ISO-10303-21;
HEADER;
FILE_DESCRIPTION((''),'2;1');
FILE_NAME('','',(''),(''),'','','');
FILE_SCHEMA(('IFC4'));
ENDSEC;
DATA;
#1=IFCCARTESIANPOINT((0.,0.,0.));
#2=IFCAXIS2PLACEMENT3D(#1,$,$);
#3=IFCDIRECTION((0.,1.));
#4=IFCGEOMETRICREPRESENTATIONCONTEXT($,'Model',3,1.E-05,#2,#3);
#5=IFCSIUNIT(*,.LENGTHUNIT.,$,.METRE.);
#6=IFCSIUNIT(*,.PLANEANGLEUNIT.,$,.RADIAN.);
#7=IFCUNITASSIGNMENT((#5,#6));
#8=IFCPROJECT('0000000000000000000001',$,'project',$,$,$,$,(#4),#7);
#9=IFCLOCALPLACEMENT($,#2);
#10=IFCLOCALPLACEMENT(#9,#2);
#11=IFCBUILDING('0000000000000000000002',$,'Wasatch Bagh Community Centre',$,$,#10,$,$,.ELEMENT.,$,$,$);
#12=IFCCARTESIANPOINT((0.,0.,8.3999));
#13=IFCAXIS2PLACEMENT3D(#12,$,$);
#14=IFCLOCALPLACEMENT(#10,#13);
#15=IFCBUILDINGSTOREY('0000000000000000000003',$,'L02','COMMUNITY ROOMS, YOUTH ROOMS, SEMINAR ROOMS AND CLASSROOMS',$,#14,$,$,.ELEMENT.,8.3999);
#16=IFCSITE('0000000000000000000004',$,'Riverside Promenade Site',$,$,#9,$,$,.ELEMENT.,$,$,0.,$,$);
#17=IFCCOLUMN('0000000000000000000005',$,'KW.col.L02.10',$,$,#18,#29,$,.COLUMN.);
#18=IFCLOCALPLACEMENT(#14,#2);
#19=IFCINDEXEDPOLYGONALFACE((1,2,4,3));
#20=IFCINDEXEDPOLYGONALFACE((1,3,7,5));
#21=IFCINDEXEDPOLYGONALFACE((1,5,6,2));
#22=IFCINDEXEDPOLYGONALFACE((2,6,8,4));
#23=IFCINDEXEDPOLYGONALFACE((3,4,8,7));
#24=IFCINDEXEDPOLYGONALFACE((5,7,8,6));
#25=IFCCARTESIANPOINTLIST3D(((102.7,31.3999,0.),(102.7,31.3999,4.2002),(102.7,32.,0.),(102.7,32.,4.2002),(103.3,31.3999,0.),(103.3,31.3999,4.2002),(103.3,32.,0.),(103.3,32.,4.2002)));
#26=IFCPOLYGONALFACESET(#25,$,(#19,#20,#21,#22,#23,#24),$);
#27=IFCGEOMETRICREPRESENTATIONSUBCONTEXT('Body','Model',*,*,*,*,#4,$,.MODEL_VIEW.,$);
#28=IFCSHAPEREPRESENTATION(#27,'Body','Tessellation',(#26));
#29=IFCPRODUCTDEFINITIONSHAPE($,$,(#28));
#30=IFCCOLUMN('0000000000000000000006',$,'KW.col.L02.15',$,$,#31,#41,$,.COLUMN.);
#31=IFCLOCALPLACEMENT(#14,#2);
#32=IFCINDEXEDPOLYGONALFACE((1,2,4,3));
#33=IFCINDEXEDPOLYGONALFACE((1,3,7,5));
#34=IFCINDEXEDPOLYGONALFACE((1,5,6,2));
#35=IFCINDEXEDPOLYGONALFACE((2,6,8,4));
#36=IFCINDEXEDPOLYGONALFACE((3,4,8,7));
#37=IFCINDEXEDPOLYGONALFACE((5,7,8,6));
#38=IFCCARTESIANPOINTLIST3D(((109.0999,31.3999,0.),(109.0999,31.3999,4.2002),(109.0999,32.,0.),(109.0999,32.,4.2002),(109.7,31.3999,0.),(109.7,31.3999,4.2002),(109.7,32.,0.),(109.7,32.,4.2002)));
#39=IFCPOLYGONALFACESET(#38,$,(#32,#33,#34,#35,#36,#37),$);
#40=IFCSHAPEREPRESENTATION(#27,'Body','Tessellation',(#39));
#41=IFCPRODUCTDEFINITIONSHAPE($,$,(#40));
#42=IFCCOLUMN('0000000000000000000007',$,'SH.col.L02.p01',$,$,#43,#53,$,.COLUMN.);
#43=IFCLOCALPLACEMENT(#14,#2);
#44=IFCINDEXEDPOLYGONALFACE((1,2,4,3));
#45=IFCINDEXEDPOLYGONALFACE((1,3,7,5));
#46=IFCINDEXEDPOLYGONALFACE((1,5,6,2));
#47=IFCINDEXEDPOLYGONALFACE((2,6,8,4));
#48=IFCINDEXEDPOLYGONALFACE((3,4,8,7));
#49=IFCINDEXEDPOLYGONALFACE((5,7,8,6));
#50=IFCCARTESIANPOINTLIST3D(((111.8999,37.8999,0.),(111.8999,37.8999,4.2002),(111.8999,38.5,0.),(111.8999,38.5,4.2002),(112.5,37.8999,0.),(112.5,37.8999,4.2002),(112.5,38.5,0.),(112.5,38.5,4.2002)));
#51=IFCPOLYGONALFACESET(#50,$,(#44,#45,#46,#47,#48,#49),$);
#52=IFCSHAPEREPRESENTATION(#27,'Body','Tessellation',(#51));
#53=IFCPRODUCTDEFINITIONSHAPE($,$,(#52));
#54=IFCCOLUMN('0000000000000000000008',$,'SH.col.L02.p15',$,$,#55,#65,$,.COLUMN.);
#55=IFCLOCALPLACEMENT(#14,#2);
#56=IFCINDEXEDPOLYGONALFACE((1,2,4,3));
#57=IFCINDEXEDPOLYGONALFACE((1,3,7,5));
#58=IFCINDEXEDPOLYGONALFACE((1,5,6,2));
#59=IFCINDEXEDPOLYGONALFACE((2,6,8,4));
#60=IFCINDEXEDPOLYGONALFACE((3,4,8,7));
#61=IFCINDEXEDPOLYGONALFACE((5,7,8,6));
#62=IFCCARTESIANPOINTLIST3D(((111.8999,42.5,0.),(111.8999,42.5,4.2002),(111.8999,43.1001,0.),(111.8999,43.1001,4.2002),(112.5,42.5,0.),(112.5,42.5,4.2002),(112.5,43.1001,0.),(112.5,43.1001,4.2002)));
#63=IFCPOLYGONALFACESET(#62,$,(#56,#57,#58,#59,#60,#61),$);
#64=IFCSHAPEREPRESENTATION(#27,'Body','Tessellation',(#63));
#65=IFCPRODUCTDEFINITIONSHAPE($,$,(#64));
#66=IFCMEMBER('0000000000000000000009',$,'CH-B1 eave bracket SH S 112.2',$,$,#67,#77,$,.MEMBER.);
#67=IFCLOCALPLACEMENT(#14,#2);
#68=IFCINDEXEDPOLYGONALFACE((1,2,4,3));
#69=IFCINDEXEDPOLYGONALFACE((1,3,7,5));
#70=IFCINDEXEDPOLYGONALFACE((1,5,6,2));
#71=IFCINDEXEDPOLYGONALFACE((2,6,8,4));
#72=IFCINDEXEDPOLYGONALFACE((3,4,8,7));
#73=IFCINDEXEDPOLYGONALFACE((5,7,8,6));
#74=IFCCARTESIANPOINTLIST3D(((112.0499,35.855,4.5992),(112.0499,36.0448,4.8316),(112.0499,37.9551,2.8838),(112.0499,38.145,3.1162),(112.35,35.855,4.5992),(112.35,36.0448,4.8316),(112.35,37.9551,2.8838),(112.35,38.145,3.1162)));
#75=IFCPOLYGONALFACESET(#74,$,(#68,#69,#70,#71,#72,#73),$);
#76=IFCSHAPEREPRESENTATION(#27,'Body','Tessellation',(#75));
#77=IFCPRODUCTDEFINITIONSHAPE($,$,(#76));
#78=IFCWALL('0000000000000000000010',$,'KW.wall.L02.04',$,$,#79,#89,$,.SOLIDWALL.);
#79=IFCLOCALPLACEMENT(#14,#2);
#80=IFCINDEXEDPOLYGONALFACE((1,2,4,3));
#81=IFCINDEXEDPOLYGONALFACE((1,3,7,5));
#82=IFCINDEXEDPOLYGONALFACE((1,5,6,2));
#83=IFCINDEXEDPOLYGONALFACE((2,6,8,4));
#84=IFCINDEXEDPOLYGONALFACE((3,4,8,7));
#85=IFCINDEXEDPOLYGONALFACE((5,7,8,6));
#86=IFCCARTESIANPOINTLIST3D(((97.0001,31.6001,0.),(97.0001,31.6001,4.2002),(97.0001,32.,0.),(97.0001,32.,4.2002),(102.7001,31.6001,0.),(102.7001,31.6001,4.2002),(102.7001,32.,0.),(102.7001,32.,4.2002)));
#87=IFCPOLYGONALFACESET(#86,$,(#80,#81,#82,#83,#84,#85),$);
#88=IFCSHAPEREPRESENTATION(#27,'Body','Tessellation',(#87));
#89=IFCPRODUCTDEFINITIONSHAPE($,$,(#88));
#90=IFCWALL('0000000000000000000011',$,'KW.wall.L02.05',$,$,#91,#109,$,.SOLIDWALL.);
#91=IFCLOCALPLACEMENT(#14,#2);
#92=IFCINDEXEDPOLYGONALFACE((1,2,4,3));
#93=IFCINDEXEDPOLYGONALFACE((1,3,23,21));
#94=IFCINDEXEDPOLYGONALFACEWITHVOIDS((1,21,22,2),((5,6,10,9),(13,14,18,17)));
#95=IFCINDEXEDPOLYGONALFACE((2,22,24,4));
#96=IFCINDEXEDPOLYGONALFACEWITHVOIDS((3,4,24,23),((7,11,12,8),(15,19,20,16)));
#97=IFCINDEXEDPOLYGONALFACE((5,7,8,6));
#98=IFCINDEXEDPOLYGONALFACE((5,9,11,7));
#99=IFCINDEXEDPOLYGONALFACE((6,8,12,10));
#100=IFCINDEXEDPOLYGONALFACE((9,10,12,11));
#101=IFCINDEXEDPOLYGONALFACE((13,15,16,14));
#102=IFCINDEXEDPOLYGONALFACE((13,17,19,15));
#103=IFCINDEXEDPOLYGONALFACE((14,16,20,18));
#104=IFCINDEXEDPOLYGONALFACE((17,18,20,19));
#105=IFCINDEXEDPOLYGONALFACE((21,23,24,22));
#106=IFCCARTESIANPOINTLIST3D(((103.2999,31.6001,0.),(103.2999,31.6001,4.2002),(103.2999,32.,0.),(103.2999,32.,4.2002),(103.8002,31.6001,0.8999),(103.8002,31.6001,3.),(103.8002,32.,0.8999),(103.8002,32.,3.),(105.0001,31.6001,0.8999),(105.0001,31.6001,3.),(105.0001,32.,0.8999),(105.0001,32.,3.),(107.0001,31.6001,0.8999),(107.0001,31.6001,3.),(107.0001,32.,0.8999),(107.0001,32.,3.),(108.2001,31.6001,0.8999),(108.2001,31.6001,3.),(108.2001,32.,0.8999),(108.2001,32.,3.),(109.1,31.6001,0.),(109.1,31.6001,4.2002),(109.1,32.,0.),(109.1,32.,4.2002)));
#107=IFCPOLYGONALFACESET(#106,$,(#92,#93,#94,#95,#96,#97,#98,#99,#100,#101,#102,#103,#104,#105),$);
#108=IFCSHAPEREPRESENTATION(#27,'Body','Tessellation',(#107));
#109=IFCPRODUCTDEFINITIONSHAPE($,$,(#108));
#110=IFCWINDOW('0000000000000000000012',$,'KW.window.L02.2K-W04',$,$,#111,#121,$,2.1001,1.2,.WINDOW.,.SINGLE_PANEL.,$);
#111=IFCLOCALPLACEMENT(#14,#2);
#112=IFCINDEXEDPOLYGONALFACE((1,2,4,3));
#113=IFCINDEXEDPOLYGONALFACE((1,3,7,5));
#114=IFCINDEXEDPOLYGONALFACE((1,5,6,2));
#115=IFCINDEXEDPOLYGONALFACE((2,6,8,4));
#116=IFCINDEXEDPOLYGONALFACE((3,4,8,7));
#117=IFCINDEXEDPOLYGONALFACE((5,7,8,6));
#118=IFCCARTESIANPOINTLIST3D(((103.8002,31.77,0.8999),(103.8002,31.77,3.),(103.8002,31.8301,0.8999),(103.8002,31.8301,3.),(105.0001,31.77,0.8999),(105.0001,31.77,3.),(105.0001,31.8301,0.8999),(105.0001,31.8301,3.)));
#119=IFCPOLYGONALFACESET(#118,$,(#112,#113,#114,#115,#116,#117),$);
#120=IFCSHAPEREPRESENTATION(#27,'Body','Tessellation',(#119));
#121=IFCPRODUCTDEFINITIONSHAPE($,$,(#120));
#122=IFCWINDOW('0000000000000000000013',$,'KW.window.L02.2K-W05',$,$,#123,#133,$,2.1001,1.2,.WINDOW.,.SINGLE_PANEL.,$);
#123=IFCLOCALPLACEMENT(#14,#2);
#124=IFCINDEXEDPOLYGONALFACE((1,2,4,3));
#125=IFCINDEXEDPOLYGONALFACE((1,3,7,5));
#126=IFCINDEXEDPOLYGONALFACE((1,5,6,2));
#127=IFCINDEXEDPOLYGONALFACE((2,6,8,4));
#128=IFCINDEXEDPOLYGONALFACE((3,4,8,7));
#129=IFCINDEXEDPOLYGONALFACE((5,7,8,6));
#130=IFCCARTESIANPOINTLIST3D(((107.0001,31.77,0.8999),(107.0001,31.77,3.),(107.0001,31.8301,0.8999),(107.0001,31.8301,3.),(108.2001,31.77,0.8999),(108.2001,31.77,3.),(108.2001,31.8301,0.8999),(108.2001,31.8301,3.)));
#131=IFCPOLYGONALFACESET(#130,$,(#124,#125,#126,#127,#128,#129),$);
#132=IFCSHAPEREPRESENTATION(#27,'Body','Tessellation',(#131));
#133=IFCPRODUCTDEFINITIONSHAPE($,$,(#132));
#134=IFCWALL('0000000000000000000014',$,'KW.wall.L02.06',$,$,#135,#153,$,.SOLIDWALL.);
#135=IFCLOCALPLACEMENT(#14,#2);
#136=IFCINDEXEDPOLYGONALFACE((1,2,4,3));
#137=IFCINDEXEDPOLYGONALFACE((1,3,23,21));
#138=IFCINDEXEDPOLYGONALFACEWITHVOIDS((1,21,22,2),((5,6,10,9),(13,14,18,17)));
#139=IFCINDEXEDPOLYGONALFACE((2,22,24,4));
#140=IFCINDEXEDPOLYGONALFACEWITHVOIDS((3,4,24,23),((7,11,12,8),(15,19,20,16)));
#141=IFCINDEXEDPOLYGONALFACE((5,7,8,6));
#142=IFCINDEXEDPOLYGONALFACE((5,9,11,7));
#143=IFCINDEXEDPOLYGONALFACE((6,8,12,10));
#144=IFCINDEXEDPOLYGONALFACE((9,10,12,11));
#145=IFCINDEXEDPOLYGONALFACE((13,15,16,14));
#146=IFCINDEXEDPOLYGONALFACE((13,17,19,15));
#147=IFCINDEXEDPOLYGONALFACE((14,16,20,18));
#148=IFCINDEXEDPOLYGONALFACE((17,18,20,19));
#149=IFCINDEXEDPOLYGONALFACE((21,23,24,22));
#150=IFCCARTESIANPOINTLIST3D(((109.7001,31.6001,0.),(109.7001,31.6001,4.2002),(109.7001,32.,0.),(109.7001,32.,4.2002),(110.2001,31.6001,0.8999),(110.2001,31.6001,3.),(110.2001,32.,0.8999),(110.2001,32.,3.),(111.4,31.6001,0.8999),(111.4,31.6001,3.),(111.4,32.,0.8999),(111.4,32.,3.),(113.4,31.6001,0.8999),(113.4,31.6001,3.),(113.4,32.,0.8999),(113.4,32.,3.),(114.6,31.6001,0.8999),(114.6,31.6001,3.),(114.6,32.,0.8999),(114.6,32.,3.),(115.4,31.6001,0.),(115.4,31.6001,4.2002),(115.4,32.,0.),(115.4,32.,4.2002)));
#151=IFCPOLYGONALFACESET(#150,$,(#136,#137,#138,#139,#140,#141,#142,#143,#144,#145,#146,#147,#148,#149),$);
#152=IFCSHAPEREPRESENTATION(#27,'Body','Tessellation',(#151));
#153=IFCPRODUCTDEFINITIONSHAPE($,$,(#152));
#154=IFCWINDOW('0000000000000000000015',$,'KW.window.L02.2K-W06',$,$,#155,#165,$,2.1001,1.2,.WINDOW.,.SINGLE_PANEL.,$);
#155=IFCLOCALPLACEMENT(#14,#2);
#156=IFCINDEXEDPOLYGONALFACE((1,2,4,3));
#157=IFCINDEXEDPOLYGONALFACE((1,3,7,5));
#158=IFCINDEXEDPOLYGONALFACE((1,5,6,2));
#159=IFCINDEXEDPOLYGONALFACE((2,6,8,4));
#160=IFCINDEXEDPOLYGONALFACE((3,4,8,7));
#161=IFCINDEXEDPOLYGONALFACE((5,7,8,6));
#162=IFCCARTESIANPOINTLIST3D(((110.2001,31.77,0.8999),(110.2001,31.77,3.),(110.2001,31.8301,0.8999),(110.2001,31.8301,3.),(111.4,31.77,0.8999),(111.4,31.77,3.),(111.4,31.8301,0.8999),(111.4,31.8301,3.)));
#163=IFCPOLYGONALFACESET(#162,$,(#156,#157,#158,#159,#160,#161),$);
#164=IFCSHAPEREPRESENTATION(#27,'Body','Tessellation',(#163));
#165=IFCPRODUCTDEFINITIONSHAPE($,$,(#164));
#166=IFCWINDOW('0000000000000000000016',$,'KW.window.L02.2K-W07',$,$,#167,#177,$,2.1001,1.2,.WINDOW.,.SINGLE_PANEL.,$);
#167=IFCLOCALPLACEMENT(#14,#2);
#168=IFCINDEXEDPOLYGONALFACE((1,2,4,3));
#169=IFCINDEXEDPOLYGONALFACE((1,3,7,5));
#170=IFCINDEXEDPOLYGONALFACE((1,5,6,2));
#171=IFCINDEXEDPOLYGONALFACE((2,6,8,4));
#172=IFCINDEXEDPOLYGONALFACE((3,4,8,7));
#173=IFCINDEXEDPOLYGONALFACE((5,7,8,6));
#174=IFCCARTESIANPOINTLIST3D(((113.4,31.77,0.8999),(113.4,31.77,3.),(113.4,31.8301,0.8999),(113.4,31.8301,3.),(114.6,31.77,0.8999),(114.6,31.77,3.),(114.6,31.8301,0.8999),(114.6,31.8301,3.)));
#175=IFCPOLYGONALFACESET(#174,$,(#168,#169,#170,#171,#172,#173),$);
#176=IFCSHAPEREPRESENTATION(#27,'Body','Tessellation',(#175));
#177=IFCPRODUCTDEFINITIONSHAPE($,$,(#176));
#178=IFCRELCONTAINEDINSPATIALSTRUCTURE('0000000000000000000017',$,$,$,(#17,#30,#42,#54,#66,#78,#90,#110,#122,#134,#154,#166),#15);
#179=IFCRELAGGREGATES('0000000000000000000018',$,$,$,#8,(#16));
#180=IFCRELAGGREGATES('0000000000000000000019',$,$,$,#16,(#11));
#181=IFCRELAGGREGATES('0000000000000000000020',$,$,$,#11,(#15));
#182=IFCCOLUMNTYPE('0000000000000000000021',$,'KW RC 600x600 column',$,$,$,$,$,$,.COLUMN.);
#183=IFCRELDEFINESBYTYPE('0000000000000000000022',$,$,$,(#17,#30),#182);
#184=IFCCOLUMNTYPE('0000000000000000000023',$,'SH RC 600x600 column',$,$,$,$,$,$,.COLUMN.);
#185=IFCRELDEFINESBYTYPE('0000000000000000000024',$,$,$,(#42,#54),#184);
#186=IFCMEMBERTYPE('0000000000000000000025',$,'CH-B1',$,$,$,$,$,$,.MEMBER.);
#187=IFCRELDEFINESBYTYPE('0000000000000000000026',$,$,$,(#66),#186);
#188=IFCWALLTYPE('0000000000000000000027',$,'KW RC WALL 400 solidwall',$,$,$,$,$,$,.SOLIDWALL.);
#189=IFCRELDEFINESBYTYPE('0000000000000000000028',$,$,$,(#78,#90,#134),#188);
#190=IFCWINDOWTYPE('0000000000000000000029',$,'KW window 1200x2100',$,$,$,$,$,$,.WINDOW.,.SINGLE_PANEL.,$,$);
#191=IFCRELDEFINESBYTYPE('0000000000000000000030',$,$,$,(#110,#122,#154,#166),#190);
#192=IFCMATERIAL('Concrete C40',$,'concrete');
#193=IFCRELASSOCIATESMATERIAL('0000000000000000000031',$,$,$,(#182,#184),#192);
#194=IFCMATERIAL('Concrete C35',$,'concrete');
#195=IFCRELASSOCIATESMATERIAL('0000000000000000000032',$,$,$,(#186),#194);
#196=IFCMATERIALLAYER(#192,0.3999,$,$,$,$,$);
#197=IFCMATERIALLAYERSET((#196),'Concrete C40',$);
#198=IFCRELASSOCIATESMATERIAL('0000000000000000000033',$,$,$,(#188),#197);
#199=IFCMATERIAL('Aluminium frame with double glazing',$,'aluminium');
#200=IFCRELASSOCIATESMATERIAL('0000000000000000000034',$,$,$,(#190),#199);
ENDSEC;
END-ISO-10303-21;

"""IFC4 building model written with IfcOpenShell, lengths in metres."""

from ifc_helpers import new_model, si_unit, direction, frame, frame_2d, origin, origin_2d, place, context, subcontext, project, spatial, rectangle, extrude, material, layer, layer_set, material_profile, profile_set, type_object, element, fill, save


model = new_model("IFC4")

# Units and contexts
model_context = context("Model", 3, precision=1e-05, world=origin(), true_north=direction((0.0, 1.0)))
body_context = subcontext(model_context, "Body", "Model", "MODEL_VIEW")
ifc_project = project(units=[si_unit("LENGTHUNIT", "METRE"), si_unit("PLANEANGLEUNIT", "RADIAN")], contexts=[model_context])

# Site, building, storey
site_placement = place(None, origin())
site = spatial("IfcSite", under=ifc_project, at=site_placement, Name="Riverside Promenade Site", CompositionType="ELEMENT", RefElevation=0.0)
building_placement = place(site_placement, origin())
building = spatial("IfcBuilding", under=site, at=building_placement, Name="Wasatch Bagh Community Centre", CompositionType="ELEMENT")
storey_placement = place(building_placement, frame((0.0, 0.0, 8.3999)))
storey = spatial("IfcBuildingStorey", under=building, at=storey_placement, Name="L02", Description="COMMUNITY ROOMS, YOUTH ROOMS, SEMINAR ROOMS AND CLASSROOMS", CompositionType="ELEMENT", Elevation=8.3999)

# Columns
ifc_material_1 = material(Name="Concrete C40", Category="concrete")
ifc_material_profile_1 = material_profile(ifc_material_1, rectangle(XDim=0.6001, YDim=0.6001, at=origin_2d()), Name="RC 600x600")
ifc_profile_set_1 = profile_set([ifc_material_profile_1], Name="Concrete C40")
column_type_1 = type_object("IfcColumnType", Name="KW RC 600x600 column", PredefinedType="COLUMN", material=ifc_profile_set_1)
for number, where, z_axis, x_axis, name in (
    (1, (103.0, 31.7, 0.0), (0.0, 0.0, 1.0), (1.0, 0.0, 0.0), "KW.col.L02.10"),
    (2, (109.3999, 31.7, 0.0), (0.0, 0.0, 1.0), (1.0, 0.0, 0.0), "KW.col.L02.15"),
):
    element("IfcColumn", number, at=place(storey_placement, frame(where, z_axis=z_axis, x_axis=x_axis)), inside=storey, type_object=column_type_1, Name=name, PredefinedType="COLUMN", context=body_context, shape_type="SweptSolid", body=[
        extrude(rectangle(XDim=0.6001, YDim=0.6001, at=origin_2d()), origin(), (0.0, 0.0, 1.0), 4.2002),
    ])
ifc_material_profile_2 = material_profile(ifc_material_1, rectangle(XDim=0.6001, YDim=0.6001, at=origin_2d()), Name="RC 600x600")
ifc_profile_set_2 = profile_set([ifc_material_profile_2], Name="Concrete C40")
column_type_2 = type_object("IfcColumnType", Name="SH RC 600x600 column", PredefinedType="COLUMN", material=ifc_profile_set_2)
for number, where, z_axis, x_axis, name in (
    (3, (112.2, 38.2, 0.0), (0.0, 0.0, 1.0), (1.0, 0.0, 0.0), "SH.col.L02.p01"),
    (4, (112.2, 42.8, 0.0), (0.0, 0.0, 1.0), (1.0, 0.0, 0.0), "SH.col.L02.p15"),
):
    element("IfcColumn", number, at=place(storey_placement, frame(where, z_axis=z_axis, x_axis=x_axis)), inside=storey, type_object=column_type_2, Name=name, PredefinedType="COLUMN", context=body_context, shape_type="SweptSolid", body=[
        extrude(rectangle(XDim=0.6001, YDim=0.6001, at=origin_2d()), origin(), (0.0, 0.0, 1.0), 4.2002),
    ])

# Member
ifc_material_2 = material(Name="Concrete C35", Category="concrete")
ifc_material_profile_3 = material_profile(ifc_material_2, rectangle(XDim=0.3, YDim=0.3, at=origin_2d()), Name="RC 300x300")
ifc_profile_set_3 = profile_set([ifc_material_profile_3], Name="Concrete C35")
member_type = type_object("IfcMemberType", Name="CH-B1", PredefinedType="MEMBER", material=ifc_profile_set_3)
member_placement = place(storey_placement, frame((112.2, 38.05, 3.0), z_axis=(0.0, -0.774487, 0.63259), x_axis=(1.0, 0.0, 0.0)))
element("IfcMember", 5, at=member_placement, inside=storey, type_object=member_type, Name="CH-B1 eave bracket SH S 112.2", PredefinedType="MEMBER", context=body_context, shape_type="SweptSolid", body=[
    extrude(rectangle(XDim=0.3, YDim=0.3, at=origin_2d()), origin(), (0.0, 0.0, 1.0), 2.7117),
])

# Wall
ifc_layer_1 = layer(ifc_material_1, 0.3999)
ifc_layer_set_1 = layer_set([ifc_layer_1], Name="Concrete C40")
wall_type_1 = type_object("IfcWallType", Name="KW RC WALL 400 solidwall", PredefinedType="SOLIDWALL", material=ifc_layer_set_1)
wall_1_placement = place(storey_placement, frame((97.0, 31.8, 0.0), z_axis=(0.0, 0.0, 1.0), x_axis=(1.0, 0.0, 0.0)))
element("IfcWall", 6, at=wall_1_placement, inside=storey, type_object=wall_type_1, Name="KW.wall.L02.04", PredefinedType="SOLIDWALL", context=body_context, shape_type="SweptSolid", body=[
    extrude(rectangle(XDim=5.7, YDim=0.3999, at=frame_2d((2.8501, 0.0))), origin(), (0.0, 0.0, 1.0), 4.2002),
])

# Walls, openings, windows
wall_2_placement = place(storey_placement, frame((103.3, 31.8, 0.0), z_axis=(0.0, 0.0, 1.0), x_axis=(1.0, 0.0, 0.0)))
wall_2 = element("IfcWall", 7, at=wall_2_placement, inside=storey, type_object=wall_type_1, Name="KW.wall.L02.05", PredefinedType="SOLIDWALL", context=body_context, shape_type="SweptSolid", body=[
    extrude(rectangle(XDim=5.8, YDim=0.3999, at=frame_2d((2.8999, 0.0))), origin(), (0.0, 0.0, 1.0), 4.2002),
])
opening_1_placement = place(wall_2_placement, frame((0.5, 0.0, 0.8999)))
opening_1 = element("IfcOpeningElement", 8, at=opening_1_placement, cuts=wall_2, PredefinedType="OPENING", context=body_context, shape_type="SweptSolid", body=[
    extrude(rectangle(XDim=1.2, YDim=2.1001, at=frame_2d((0.6001, 1.05))), frame((0.0, 0.21, 0.0), z_axis=(0.0, -1.0, 0.0), x_axis=(1.0, 0.0, 0.0)), (0.0, 0.0, 1.0), 0.4199),
])
opening_2_placement = place(wall_2_placement, frame((3.7, 0.0, 0.8999)))
opening_2 = element("IfcOpeningElement", 9, at=opening_2_placement, cuts=wall_2, PredefinedType="OPENING", context=body_context, shape_type="SweptSolid", body=[
    extrude(rectangle(XDim=1.2, YDim=2.1001, at=frame_2d((0.6001, 1.05))), frame((0.0, 0.21, 0.0), z_axis=(0.0, -1.0, 0.0), x_axis=(1.0, 0.0, 0.0)), (0.0, 0.0, 1.0), 0.4199),
])
ifc_material_3 = material(Name="Aluminium frame with double glazing", Category="aluminium")
window_type_1 = type_object("IfcWindowType", Name="KW window 1200x2100", PartitioningType="SINGLE_PANEL", PredefinedType="WINDOW", material=ifc_material_3)
window_1_placement = place(opening_1_placement, origin())
window_1 = element("IfcWindow", 10, at=window_1_placement, inside=storey, type_object=window_type_1, Name="KW.window.L02.2K-W04", OverallHeight=2.1001, OverallWidth=1.2, PartitioningType="SINGLE_PANEL", PredefinedType="WINDOW", context=body_context, shape_type="SweptSolid", body=[
    extrude(rectangle(XDim=1.2, YDim=2.1001, at=frame_2d((0.6001, 1.05))), frame((0.0, 0.03, 0.0), z_axis=(0.0, -1.0, 0.0), x_axis=(1.0, 0.0, 0.0)), (0.0, 0.0, 1.0), 0.0601),
])
fill(opening_1, window_1)
window_2_placement = place(opening_2_placement, origin())
window_2 = element("IfcWindow", 11, at=window_2_placement, inside=storey, type_object=window_type_1, Name="KW.window.L02.2K-W05", OverallHeight=2.1001, OverallWidth=1.2, PartitioningType="SINGLE_PANEL", PredefinedType="WINDOW", context=body_context, shape_type="SweptSolid", body=[
    extrude(rectangle(XDim=1.2, YDim=2.1001, at=frame_2d((0.6001, 1.05))), frame((0.0, 0.03, 0.0), z_axis=(0.0, -1.0, 0.0), x_axis=(1.0, 0.0, 0.0)), (0.0, 0.0, 1.0), 0.0601),
])
fill(opening_2, window_2)
wall_3_placement = place(storey_placement, frame((109.7, 31.8, 0.0), z_axis=(0.0, 0.0, 1.0), x_axis=(1.0, 0.0, 0.0)))
wall_3 = element("IfcWall", 12, at=wall_3_placement, inside=storey, type_object=wall_type_1, Name="KW.wall.L02.06", PredefinedType="SOLIDWALL", context=body_context, shape_type="SweptSolid", body=[
    extrude(rectangle(XDim=5.7, YDim=0.3999, at=frame_2d((2.8501, 0.0))), origin(), (0.0, 0.0, 1.0), 4.2002),
])
opening_3_placement = place(wall_3_placement, frame((0.5, 0.0, 0.8999)))
opening_3 = element("IfcOpeningElement", 13, at=opening_3_placement, cuts=wall_3, PredefinedType="OPENING", context=body_context, shape_type="SweptSolid", body=[
    extrude(rectangle(XDim=1.2, YDim=2.1001, at=frame_2d((0.6001, 1.05))), frame((0.0, 0.21, 0.0), z_axis=(0.0, -1.0, 0.0), x_axis=(1.0, 0.0, 0.0)), (0.0, 0.0, 1.0), 0.4199),
])
opening_4_placement = place(wall_3_placement, frame((3.7, 0.0, 0.8999)))
opening_4 = element("IfcOpeningElement", 14, at=opening_4_placement, cuts=wall_3, PredefinedType="OPENING", context=body_context, shape_type="SweptSolid", body=[
    extrude(rectangle(XDim=1.2, YDim=2.1001, at=frame_2d((0.6001, 1.05))), frame((0.0, 0.21, 0.0), z_axis=(0.0, -1.0, 0.0), x_axis=(1.0, 0.0, 0.0)), (0.0, 0.0, 1.0), 0.4199),
])
window_3_placement = place(opening_3_placement, origin())
window_3 = element("IfcWindow", 15, at=window_3_placement, inside=storey, type_object=window_type_1, Name="KW.window.L02.2K-W06", OverallHeight=2.1001, OverallWidth=1.2, PartitioningType="SINGLE_PANEL", PredefinedType="WINDOW", context=body_context, shape_type="SweptSolid", body=[
    extrude(rectangle(XDim=1.2, YDim=2.1001, at=frame_2d((0.6001, 1.05))), frame((0.0, 0.03, 0.0), z_axis=(0.0, -1.0, 0.0), x_axis=(1.0, 0.0, 0.0)), (0.0, 0.0, 1.0), 0.0601),
])
fill(opening_3, window_3)
window_4_placement = place(opening_4_placement, origin())
window_4 = element("IfcWindow", 16, at=window_4_placement, inside=storey, type_object=window_type_1, Name="KW.window.L02.2K-W07", OverallHeight=2.1001, OverallWidth=1.2, PartitioningType="SINGLE_PANEL", PredefinedType="WINDOW", context=body_context, shape_type="SweptSolid", body=[
    extrude(rectangle(XDim=1.2, YDim=2.1001, at=frame_2d((0.6001, 1.05))), frame((0.0, 0.03, 0.0), z_axis=(0.0, -1.0, 0.0), x_axis=(1.0, 0.0, 0.0)), (0.0, 0.0, 1.0), 0.0601),
])
fill(opening_4, window_4)

save(model, "model.ifc")
